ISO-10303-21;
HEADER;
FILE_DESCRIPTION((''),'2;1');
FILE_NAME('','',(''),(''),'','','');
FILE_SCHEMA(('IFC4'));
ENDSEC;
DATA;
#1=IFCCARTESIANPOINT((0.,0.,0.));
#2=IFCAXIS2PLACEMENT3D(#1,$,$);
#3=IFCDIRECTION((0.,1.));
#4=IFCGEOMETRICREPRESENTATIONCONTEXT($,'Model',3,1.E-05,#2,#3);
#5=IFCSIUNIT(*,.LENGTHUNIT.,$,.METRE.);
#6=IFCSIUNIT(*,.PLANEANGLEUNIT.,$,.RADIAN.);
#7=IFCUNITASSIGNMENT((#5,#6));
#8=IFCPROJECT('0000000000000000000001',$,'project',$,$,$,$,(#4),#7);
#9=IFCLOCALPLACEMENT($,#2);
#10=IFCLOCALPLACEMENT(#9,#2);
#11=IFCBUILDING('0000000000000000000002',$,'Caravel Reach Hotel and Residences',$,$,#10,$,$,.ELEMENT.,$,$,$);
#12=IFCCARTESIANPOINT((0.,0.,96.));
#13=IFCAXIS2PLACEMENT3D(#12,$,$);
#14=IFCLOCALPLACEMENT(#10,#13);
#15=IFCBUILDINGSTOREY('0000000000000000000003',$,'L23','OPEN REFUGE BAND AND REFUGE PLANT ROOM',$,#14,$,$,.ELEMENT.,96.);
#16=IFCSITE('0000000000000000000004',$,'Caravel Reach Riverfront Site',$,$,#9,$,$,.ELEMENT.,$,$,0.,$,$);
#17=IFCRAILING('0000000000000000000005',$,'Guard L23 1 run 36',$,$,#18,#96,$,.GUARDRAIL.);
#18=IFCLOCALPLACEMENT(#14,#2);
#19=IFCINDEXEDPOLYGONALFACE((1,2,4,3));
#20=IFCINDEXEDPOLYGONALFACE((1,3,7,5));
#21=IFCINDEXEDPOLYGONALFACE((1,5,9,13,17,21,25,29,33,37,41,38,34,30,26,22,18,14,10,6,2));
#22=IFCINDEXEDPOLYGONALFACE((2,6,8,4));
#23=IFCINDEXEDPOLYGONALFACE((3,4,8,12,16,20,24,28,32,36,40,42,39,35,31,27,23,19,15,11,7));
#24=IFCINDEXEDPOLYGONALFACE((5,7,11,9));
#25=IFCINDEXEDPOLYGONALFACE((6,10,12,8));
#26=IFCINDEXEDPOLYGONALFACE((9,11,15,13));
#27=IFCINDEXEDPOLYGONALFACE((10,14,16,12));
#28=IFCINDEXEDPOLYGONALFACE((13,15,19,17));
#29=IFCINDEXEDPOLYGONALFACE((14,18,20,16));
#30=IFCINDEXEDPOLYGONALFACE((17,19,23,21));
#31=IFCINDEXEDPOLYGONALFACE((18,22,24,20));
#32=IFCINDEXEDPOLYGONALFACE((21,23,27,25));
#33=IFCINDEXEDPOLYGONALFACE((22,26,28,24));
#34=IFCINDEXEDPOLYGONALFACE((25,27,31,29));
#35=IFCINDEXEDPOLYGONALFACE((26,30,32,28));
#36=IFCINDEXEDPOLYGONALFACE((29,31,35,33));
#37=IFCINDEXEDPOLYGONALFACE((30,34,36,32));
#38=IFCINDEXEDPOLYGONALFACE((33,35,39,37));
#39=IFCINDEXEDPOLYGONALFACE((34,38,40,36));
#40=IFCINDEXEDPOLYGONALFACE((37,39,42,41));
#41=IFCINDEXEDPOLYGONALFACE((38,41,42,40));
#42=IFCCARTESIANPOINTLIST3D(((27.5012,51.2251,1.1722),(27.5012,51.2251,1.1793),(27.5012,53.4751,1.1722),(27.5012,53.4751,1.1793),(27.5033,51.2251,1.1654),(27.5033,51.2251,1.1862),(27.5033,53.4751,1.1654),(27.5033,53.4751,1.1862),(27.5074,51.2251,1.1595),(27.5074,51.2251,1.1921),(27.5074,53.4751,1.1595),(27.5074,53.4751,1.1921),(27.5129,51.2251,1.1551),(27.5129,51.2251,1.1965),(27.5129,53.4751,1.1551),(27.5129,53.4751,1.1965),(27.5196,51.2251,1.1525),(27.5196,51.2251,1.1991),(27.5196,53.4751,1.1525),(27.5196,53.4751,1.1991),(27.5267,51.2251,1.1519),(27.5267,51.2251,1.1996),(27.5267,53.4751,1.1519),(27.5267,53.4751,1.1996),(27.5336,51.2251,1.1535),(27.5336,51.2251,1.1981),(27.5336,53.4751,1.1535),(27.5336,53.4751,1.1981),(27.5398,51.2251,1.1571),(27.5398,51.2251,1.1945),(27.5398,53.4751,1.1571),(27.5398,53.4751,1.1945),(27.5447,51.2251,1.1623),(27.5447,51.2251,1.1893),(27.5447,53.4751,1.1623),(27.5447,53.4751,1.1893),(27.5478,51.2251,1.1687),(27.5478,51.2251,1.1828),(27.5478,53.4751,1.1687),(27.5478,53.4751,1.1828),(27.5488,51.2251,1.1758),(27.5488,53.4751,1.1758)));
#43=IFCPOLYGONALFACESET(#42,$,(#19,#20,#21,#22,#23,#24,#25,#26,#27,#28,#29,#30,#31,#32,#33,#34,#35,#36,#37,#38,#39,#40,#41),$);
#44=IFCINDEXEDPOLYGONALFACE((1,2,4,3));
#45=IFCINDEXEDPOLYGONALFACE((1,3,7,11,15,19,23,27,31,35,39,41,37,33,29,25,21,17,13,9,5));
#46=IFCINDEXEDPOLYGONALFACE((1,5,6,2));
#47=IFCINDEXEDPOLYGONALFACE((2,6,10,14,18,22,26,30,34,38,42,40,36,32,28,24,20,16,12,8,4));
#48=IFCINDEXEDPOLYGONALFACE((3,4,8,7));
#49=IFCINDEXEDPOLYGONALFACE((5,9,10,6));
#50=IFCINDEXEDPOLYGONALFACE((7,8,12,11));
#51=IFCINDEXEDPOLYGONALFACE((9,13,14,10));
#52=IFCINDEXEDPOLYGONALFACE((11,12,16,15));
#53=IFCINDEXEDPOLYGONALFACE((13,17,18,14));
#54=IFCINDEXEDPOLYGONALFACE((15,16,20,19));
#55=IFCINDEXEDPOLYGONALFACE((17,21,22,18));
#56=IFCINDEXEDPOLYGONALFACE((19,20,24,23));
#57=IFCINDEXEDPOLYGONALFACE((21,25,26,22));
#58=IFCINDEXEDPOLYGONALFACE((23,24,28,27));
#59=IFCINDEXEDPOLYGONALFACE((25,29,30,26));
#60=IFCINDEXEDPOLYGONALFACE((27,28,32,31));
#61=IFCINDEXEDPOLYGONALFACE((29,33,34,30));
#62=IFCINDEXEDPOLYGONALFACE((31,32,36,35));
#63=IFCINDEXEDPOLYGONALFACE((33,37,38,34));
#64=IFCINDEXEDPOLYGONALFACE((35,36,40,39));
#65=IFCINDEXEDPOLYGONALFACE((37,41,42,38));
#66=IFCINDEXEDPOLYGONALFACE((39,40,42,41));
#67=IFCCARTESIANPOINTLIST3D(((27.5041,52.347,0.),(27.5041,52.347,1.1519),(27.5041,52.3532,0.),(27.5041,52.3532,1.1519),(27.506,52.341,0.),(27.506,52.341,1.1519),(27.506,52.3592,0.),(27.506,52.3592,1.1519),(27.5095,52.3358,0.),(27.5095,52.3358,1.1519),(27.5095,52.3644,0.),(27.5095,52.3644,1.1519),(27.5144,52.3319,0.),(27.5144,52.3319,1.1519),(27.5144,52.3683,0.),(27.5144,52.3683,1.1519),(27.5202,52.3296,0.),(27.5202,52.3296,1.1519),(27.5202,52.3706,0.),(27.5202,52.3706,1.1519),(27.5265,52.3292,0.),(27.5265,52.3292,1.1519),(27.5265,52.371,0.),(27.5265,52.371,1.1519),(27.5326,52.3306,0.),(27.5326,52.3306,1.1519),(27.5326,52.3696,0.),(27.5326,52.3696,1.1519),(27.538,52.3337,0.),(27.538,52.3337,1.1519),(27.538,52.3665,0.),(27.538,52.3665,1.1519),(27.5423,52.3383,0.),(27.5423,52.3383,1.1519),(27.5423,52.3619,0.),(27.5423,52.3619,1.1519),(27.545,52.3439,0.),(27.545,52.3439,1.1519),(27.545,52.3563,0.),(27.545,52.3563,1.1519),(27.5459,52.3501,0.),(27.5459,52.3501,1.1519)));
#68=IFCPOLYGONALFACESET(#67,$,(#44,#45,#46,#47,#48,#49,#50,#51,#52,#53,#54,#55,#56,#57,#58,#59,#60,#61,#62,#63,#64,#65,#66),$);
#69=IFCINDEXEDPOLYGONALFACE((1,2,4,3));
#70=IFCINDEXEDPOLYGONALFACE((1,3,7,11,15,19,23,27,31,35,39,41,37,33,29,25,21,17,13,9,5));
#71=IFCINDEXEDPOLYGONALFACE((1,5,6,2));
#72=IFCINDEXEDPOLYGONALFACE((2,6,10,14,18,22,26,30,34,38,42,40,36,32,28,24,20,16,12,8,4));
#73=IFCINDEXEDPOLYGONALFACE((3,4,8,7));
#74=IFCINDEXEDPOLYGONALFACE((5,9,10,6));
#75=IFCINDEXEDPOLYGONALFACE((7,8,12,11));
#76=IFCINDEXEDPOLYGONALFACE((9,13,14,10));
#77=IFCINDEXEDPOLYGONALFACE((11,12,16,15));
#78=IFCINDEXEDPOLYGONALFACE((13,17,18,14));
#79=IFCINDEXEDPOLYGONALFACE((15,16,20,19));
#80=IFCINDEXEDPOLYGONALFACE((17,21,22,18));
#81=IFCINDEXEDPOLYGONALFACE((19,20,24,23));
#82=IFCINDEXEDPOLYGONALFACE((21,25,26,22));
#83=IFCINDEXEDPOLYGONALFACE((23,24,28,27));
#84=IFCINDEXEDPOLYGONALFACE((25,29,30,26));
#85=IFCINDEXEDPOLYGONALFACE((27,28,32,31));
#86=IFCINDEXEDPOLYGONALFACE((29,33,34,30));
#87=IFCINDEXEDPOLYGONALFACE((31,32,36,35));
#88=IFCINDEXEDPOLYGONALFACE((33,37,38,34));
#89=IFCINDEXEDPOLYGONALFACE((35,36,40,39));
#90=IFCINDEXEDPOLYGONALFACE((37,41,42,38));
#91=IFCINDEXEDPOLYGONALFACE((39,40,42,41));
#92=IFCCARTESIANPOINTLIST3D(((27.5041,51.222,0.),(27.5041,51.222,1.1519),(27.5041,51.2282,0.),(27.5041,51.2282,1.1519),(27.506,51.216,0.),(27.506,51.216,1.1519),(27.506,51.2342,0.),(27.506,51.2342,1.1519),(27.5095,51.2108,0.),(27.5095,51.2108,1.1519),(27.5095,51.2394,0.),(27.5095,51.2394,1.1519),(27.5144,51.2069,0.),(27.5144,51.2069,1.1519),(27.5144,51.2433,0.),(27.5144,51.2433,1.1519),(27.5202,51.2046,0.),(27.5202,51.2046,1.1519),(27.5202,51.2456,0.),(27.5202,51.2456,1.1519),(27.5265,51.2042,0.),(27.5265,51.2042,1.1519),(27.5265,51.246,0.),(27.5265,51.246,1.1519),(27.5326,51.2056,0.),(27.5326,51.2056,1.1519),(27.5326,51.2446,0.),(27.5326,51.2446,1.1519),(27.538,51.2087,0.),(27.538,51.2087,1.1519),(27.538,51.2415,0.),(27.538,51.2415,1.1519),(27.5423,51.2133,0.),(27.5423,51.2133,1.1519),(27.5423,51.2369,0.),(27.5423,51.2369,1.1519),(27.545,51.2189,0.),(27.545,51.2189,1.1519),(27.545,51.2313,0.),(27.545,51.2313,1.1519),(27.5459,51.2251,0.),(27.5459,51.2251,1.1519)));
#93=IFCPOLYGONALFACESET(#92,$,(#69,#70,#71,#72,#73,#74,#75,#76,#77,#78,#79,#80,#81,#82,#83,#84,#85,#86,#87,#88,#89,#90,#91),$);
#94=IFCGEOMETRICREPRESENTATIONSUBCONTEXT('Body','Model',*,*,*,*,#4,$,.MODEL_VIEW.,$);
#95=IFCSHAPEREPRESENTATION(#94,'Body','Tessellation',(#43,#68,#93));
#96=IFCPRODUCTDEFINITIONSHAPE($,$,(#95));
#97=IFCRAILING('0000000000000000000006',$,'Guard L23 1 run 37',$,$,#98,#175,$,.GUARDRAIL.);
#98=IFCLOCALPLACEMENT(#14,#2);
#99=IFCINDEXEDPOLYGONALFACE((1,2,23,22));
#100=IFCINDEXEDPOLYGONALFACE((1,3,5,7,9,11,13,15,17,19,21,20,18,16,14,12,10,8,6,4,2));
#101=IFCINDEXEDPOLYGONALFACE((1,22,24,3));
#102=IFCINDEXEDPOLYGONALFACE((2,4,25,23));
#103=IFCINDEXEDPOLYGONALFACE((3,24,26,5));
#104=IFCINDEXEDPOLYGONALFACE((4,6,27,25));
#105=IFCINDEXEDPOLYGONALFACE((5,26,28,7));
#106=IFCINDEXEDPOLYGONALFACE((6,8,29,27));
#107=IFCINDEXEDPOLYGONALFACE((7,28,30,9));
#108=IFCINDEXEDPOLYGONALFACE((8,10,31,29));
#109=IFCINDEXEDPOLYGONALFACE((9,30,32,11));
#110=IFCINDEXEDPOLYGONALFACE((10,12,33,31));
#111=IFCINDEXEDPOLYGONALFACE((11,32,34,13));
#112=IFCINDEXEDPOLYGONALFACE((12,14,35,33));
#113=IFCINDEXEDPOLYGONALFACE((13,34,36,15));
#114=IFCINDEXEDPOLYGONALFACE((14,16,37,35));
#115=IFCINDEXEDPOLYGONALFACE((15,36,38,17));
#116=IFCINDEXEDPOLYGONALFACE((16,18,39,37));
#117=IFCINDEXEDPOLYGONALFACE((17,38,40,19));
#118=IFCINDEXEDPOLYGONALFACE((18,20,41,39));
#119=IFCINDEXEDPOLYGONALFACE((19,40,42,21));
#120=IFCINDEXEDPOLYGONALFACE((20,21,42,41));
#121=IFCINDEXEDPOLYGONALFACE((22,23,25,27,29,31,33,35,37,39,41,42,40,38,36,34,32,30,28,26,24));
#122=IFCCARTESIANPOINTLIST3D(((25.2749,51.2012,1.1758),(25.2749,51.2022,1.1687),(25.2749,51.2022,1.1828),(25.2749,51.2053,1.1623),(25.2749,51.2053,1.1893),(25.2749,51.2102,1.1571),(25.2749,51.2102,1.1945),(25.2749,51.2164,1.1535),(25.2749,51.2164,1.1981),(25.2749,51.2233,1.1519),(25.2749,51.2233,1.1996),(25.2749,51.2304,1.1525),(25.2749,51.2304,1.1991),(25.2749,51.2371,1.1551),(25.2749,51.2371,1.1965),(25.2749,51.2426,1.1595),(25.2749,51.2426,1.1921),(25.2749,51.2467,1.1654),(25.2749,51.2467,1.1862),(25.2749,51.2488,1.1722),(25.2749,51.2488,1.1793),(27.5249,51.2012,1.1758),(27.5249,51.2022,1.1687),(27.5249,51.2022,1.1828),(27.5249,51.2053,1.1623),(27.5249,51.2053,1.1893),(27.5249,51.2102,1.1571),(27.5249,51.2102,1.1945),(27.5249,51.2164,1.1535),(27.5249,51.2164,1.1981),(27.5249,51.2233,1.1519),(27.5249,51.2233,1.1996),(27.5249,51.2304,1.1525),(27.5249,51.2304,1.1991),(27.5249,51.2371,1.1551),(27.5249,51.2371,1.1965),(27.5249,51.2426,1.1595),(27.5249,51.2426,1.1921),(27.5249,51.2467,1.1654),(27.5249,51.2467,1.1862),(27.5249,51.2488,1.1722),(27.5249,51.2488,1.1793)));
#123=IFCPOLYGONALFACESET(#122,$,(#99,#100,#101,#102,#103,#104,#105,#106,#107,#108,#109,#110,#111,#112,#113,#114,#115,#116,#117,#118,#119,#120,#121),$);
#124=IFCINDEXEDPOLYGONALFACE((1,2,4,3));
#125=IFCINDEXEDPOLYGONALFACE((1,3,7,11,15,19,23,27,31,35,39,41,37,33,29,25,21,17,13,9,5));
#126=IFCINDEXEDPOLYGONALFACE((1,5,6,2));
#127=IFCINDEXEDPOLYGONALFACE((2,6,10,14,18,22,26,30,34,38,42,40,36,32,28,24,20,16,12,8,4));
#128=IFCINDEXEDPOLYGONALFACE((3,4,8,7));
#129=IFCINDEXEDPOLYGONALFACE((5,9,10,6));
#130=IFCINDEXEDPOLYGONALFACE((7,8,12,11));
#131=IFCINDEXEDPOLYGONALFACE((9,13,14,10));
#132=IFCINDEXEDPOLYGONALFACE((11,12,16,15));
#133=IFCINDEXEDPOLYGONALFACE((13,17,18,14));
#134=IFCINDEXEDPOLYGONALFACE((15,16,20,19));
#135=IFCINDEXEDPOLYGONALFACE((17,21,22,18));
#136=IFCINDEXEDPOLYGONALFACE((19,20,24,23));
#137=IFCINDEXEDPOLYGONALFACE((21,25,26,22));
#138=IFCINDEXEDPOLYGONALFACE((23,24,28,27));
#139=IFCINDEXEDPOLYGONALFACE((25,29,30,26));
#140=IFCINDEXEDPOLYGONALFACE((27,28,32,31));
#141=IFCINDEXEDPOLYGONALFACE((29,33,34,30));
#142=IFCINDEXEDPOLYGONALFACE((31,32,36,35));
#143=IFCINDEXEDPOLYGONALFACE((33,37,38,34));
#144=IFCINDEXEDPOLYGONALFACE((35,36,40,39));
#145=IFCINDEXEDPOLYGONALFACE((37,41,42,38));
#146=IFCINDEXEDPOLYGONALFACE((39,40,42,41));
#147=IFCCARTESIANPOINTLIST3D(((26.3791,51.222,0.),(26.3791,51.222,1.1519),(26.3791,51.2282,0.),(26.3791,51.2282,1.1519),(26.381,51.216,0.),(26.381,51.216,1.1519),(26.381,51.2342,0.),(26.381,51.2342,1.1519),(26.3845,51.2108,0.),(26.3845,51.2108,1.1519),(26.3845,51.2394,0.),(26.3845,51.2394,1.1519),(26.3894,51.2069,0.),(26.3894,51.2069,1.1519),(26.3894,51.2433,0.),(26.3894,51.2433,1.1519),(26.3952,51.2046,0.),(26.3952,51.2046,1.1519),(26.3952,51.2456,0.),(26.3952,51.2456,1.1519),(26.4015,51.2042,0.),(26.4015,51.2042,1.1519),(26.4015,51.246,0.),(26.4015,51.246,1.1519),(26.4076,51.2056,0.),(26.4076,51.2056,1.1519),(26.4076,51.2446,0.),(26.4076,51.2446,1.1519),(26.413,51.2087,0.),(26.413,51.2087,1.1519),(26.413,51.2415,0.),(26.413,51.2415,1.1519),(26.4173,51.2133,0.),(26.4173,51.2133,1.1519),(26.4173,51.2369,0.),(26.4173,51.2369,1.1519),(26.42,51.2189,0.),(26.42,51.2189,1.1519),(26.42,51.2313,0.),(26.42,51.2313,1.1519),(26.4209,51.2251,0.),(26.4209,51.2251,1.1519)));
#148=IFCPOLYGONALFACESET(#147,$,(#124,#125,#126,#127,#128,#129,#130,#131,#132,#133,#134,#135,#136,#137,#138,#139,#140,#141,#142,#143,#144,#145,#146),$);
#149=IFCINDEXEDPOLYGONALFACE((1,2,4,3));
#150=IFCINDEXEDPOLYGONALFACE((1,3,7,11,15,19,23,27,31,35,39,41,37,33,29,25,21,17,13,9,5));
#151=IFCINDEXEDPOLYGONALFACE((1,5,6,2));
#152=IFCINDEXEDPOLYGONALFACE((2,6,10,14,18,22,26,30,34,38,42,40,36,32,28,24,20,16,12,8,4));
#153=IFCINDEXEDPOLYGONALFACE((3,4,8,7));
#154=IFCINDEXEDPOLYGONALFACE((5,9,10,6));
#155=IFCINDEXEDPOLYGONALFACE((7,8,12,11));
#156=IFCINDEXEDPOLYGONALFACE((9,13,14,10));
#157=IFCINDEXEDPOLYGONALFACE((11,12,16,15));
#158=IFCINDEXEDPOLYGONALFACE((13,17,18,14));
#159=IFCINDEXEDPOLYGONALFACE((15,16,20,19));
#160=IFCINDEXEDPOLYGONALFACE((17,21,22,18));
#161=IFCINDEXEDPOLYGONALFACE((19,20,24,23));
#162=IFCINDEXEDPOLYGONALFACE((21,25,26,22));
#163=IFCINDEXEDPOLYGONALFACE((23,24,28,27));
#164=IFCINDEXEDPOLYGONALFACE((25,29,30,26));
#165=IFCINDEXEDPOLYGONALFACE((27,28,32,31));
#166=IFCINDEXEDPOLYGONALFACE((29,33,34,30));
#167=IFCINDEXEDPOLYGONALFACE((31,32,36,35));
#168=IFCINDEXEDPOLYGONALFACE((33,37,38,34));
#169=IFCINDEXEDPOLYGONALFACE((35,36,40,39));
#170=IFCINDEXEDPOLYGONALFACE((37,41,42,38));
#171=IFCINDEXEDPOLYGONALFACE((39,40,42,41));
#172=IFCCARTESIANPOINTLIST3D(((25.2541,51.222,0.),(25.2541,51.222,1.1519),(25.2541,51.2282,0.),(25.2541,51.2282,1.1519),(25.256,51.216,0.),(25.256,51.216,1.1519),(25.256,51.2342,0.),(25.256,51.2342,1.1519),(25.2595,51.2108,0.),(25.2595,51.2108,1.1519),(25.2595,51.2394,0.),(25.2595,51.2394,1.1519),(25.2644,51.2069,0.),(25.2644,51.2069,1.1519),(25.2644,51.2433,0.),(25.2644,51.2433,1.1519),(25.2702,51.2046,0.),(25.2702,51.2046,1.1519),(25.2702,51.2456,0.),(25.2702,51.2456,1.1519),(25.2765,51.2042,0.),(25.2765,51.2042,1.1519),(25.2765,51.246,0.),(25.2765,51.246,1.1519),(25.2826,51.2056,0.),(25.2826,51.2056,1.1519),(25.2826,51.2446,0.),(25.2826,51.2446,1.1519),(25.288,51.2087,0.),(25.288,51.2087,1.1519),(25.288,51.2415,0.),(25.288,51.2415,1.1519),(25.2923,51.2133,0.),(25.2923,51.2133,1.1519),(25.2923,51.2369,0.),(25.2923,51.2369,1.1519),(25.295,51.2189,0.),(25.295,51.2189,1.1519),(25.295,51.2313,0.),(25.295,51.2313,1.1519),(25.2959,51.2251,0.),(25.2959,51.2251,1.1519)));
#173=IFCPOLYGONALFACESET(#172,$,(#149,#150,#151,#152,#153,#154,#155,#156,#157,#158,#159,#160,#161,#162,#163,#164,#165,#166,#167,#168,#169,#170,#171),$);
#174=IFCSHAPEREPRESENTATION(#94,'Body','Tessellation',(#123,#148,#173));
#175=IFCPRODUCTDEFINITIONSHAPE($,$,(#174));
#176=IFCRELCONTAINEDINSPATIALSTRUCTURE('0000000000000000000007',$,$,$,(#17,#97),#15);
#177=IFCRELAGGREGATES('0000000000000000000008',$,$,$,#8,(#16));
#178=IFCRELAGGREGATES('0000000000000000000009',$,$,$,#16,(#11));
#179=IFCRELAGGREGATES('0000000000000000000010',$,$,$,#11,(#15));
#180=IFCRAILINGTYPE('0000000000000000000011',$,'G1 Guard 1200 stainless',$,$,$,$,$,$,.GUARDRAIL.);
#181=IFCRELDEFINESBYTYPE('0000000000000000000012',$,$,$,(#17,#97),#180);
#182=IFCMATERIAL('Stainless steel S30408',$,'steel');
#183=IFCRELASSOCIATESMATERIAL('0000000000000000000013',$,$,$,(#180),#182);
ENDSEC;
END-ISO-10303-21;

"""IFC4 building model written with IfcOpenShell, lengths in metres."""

from ifc_helpers import new_model, si_unit, direction, frame, origin, origin_2d, place, context, subcontext, project, spatial, circle, extrude, material, type_object, element, save


model = new_model("IFC4")

# Units and contexts
model_context = context("Model", 3, precision=1e-05, world=origin(), true_north=direction((0.0, 1.0)))
body_context = subcontext(model_context, "Body", "Model", "MODEL_VIEW")
ifc_project = project(units=[si_unit("LENGTHUNIT", "METRE"), si_unit("PLANEANGLEUNIT", "RADIAN")], contexts=[model_context])

# Site, building, storey
site_placement = place(None, origin())
site = spatial("IfcSite", under=ifc_project, at=site_placement, Name="Caravel Reach Riverfront Site", CompositionType="ELEMENT", RefElevation=0.0)
building_placement = place(site_placement, origin())
building = spatial("IfcBuilding", under=site, at=building_placement, Name="Caravel Reach Hotel and Residences", CompositionType="ELEMENT")
storey_placement = place(building_placement, frame((0.0, 0.0, 96.0)))
storey = spatial("IfcBuildingStorey", under=building, at=storey_placement, Name="L23", Description="OPEN REFUGE BAND AND REFUGE PLANT ROOM", CompositionType="ELEMENT", Elevation=96.0)

# Railings
ifc_material_1 = material(Name="Stainless steel S30408", Category="steel")
railing_type = type_object("IfcRailingType", Name="G1 Guard 1200 stainless", PredefinedType="GUARDRAIL", material=ifc_material_1)
railing_1_placement = place(storey_placement, frame((27.5249, 53.4751, 0.0)))
element("IfcRailing", 1, at=railing_1_placement, inside=storey, type_object=railing_type, Name="Guard L23 1 run 36", PredefinedType="GUARDRAIL", context=body_context, shape_type="SweptSolid", body=[
    extrude(circle(Radius=0.0239, at=origin_2d()), frame((0.0, 0.0, 1.1758), z_axis=(0.0, -1.0, 0.0), x_axis=(1.0, 0.0, 0.0)), (0.0, 0.0, 1.0), 2.25),
    extrude(circle(Radius=0.021, at=origin_2d()), frame((0.0, -1.125, 0.0)), (0.0, 0.0, 1.0), 1.1519),
    extrude(circle(Radius=0.021, at=origin_2d()), frame((0.0, -2.25, 0.0)), (0.0, 0.0, 1.0), 1.1519),
])
railing_2_placement = place(storey_placement, frame((27.5249, 51.2251, 0.0)))
element("IfcRailing", 2, at=railing_2_placement, inside=storey, type_object=railing_type, Name="Guard L23 1 run 37", PredefinedType="GUARDRAIL", context=body_context, shape_type="SweptSolid", body=[
    extrude(circle(Radius=0.0239, at=origin_2d()), frame((0.0, 0.0, 1.1758), z_axis=(-1.0, 0.0, 0.0), x_axis=(0.0, -1.0, 0.0)), (0.0, 0.0, 1.0), 2.25),
    extrude(circle(Radius=0.021, at=origin_2d()), frame((-1.125, 0.0, 0.0)), (0.0, 0.0, 1.0), 1.1519),
    extrude(circle(Radius=0.021, at=origin_2d()), frame((-2.25, 0.0, 0.0)), (0.0, 0.0, 1.0), 1.1519),
])

save(model, "model.ifc")
